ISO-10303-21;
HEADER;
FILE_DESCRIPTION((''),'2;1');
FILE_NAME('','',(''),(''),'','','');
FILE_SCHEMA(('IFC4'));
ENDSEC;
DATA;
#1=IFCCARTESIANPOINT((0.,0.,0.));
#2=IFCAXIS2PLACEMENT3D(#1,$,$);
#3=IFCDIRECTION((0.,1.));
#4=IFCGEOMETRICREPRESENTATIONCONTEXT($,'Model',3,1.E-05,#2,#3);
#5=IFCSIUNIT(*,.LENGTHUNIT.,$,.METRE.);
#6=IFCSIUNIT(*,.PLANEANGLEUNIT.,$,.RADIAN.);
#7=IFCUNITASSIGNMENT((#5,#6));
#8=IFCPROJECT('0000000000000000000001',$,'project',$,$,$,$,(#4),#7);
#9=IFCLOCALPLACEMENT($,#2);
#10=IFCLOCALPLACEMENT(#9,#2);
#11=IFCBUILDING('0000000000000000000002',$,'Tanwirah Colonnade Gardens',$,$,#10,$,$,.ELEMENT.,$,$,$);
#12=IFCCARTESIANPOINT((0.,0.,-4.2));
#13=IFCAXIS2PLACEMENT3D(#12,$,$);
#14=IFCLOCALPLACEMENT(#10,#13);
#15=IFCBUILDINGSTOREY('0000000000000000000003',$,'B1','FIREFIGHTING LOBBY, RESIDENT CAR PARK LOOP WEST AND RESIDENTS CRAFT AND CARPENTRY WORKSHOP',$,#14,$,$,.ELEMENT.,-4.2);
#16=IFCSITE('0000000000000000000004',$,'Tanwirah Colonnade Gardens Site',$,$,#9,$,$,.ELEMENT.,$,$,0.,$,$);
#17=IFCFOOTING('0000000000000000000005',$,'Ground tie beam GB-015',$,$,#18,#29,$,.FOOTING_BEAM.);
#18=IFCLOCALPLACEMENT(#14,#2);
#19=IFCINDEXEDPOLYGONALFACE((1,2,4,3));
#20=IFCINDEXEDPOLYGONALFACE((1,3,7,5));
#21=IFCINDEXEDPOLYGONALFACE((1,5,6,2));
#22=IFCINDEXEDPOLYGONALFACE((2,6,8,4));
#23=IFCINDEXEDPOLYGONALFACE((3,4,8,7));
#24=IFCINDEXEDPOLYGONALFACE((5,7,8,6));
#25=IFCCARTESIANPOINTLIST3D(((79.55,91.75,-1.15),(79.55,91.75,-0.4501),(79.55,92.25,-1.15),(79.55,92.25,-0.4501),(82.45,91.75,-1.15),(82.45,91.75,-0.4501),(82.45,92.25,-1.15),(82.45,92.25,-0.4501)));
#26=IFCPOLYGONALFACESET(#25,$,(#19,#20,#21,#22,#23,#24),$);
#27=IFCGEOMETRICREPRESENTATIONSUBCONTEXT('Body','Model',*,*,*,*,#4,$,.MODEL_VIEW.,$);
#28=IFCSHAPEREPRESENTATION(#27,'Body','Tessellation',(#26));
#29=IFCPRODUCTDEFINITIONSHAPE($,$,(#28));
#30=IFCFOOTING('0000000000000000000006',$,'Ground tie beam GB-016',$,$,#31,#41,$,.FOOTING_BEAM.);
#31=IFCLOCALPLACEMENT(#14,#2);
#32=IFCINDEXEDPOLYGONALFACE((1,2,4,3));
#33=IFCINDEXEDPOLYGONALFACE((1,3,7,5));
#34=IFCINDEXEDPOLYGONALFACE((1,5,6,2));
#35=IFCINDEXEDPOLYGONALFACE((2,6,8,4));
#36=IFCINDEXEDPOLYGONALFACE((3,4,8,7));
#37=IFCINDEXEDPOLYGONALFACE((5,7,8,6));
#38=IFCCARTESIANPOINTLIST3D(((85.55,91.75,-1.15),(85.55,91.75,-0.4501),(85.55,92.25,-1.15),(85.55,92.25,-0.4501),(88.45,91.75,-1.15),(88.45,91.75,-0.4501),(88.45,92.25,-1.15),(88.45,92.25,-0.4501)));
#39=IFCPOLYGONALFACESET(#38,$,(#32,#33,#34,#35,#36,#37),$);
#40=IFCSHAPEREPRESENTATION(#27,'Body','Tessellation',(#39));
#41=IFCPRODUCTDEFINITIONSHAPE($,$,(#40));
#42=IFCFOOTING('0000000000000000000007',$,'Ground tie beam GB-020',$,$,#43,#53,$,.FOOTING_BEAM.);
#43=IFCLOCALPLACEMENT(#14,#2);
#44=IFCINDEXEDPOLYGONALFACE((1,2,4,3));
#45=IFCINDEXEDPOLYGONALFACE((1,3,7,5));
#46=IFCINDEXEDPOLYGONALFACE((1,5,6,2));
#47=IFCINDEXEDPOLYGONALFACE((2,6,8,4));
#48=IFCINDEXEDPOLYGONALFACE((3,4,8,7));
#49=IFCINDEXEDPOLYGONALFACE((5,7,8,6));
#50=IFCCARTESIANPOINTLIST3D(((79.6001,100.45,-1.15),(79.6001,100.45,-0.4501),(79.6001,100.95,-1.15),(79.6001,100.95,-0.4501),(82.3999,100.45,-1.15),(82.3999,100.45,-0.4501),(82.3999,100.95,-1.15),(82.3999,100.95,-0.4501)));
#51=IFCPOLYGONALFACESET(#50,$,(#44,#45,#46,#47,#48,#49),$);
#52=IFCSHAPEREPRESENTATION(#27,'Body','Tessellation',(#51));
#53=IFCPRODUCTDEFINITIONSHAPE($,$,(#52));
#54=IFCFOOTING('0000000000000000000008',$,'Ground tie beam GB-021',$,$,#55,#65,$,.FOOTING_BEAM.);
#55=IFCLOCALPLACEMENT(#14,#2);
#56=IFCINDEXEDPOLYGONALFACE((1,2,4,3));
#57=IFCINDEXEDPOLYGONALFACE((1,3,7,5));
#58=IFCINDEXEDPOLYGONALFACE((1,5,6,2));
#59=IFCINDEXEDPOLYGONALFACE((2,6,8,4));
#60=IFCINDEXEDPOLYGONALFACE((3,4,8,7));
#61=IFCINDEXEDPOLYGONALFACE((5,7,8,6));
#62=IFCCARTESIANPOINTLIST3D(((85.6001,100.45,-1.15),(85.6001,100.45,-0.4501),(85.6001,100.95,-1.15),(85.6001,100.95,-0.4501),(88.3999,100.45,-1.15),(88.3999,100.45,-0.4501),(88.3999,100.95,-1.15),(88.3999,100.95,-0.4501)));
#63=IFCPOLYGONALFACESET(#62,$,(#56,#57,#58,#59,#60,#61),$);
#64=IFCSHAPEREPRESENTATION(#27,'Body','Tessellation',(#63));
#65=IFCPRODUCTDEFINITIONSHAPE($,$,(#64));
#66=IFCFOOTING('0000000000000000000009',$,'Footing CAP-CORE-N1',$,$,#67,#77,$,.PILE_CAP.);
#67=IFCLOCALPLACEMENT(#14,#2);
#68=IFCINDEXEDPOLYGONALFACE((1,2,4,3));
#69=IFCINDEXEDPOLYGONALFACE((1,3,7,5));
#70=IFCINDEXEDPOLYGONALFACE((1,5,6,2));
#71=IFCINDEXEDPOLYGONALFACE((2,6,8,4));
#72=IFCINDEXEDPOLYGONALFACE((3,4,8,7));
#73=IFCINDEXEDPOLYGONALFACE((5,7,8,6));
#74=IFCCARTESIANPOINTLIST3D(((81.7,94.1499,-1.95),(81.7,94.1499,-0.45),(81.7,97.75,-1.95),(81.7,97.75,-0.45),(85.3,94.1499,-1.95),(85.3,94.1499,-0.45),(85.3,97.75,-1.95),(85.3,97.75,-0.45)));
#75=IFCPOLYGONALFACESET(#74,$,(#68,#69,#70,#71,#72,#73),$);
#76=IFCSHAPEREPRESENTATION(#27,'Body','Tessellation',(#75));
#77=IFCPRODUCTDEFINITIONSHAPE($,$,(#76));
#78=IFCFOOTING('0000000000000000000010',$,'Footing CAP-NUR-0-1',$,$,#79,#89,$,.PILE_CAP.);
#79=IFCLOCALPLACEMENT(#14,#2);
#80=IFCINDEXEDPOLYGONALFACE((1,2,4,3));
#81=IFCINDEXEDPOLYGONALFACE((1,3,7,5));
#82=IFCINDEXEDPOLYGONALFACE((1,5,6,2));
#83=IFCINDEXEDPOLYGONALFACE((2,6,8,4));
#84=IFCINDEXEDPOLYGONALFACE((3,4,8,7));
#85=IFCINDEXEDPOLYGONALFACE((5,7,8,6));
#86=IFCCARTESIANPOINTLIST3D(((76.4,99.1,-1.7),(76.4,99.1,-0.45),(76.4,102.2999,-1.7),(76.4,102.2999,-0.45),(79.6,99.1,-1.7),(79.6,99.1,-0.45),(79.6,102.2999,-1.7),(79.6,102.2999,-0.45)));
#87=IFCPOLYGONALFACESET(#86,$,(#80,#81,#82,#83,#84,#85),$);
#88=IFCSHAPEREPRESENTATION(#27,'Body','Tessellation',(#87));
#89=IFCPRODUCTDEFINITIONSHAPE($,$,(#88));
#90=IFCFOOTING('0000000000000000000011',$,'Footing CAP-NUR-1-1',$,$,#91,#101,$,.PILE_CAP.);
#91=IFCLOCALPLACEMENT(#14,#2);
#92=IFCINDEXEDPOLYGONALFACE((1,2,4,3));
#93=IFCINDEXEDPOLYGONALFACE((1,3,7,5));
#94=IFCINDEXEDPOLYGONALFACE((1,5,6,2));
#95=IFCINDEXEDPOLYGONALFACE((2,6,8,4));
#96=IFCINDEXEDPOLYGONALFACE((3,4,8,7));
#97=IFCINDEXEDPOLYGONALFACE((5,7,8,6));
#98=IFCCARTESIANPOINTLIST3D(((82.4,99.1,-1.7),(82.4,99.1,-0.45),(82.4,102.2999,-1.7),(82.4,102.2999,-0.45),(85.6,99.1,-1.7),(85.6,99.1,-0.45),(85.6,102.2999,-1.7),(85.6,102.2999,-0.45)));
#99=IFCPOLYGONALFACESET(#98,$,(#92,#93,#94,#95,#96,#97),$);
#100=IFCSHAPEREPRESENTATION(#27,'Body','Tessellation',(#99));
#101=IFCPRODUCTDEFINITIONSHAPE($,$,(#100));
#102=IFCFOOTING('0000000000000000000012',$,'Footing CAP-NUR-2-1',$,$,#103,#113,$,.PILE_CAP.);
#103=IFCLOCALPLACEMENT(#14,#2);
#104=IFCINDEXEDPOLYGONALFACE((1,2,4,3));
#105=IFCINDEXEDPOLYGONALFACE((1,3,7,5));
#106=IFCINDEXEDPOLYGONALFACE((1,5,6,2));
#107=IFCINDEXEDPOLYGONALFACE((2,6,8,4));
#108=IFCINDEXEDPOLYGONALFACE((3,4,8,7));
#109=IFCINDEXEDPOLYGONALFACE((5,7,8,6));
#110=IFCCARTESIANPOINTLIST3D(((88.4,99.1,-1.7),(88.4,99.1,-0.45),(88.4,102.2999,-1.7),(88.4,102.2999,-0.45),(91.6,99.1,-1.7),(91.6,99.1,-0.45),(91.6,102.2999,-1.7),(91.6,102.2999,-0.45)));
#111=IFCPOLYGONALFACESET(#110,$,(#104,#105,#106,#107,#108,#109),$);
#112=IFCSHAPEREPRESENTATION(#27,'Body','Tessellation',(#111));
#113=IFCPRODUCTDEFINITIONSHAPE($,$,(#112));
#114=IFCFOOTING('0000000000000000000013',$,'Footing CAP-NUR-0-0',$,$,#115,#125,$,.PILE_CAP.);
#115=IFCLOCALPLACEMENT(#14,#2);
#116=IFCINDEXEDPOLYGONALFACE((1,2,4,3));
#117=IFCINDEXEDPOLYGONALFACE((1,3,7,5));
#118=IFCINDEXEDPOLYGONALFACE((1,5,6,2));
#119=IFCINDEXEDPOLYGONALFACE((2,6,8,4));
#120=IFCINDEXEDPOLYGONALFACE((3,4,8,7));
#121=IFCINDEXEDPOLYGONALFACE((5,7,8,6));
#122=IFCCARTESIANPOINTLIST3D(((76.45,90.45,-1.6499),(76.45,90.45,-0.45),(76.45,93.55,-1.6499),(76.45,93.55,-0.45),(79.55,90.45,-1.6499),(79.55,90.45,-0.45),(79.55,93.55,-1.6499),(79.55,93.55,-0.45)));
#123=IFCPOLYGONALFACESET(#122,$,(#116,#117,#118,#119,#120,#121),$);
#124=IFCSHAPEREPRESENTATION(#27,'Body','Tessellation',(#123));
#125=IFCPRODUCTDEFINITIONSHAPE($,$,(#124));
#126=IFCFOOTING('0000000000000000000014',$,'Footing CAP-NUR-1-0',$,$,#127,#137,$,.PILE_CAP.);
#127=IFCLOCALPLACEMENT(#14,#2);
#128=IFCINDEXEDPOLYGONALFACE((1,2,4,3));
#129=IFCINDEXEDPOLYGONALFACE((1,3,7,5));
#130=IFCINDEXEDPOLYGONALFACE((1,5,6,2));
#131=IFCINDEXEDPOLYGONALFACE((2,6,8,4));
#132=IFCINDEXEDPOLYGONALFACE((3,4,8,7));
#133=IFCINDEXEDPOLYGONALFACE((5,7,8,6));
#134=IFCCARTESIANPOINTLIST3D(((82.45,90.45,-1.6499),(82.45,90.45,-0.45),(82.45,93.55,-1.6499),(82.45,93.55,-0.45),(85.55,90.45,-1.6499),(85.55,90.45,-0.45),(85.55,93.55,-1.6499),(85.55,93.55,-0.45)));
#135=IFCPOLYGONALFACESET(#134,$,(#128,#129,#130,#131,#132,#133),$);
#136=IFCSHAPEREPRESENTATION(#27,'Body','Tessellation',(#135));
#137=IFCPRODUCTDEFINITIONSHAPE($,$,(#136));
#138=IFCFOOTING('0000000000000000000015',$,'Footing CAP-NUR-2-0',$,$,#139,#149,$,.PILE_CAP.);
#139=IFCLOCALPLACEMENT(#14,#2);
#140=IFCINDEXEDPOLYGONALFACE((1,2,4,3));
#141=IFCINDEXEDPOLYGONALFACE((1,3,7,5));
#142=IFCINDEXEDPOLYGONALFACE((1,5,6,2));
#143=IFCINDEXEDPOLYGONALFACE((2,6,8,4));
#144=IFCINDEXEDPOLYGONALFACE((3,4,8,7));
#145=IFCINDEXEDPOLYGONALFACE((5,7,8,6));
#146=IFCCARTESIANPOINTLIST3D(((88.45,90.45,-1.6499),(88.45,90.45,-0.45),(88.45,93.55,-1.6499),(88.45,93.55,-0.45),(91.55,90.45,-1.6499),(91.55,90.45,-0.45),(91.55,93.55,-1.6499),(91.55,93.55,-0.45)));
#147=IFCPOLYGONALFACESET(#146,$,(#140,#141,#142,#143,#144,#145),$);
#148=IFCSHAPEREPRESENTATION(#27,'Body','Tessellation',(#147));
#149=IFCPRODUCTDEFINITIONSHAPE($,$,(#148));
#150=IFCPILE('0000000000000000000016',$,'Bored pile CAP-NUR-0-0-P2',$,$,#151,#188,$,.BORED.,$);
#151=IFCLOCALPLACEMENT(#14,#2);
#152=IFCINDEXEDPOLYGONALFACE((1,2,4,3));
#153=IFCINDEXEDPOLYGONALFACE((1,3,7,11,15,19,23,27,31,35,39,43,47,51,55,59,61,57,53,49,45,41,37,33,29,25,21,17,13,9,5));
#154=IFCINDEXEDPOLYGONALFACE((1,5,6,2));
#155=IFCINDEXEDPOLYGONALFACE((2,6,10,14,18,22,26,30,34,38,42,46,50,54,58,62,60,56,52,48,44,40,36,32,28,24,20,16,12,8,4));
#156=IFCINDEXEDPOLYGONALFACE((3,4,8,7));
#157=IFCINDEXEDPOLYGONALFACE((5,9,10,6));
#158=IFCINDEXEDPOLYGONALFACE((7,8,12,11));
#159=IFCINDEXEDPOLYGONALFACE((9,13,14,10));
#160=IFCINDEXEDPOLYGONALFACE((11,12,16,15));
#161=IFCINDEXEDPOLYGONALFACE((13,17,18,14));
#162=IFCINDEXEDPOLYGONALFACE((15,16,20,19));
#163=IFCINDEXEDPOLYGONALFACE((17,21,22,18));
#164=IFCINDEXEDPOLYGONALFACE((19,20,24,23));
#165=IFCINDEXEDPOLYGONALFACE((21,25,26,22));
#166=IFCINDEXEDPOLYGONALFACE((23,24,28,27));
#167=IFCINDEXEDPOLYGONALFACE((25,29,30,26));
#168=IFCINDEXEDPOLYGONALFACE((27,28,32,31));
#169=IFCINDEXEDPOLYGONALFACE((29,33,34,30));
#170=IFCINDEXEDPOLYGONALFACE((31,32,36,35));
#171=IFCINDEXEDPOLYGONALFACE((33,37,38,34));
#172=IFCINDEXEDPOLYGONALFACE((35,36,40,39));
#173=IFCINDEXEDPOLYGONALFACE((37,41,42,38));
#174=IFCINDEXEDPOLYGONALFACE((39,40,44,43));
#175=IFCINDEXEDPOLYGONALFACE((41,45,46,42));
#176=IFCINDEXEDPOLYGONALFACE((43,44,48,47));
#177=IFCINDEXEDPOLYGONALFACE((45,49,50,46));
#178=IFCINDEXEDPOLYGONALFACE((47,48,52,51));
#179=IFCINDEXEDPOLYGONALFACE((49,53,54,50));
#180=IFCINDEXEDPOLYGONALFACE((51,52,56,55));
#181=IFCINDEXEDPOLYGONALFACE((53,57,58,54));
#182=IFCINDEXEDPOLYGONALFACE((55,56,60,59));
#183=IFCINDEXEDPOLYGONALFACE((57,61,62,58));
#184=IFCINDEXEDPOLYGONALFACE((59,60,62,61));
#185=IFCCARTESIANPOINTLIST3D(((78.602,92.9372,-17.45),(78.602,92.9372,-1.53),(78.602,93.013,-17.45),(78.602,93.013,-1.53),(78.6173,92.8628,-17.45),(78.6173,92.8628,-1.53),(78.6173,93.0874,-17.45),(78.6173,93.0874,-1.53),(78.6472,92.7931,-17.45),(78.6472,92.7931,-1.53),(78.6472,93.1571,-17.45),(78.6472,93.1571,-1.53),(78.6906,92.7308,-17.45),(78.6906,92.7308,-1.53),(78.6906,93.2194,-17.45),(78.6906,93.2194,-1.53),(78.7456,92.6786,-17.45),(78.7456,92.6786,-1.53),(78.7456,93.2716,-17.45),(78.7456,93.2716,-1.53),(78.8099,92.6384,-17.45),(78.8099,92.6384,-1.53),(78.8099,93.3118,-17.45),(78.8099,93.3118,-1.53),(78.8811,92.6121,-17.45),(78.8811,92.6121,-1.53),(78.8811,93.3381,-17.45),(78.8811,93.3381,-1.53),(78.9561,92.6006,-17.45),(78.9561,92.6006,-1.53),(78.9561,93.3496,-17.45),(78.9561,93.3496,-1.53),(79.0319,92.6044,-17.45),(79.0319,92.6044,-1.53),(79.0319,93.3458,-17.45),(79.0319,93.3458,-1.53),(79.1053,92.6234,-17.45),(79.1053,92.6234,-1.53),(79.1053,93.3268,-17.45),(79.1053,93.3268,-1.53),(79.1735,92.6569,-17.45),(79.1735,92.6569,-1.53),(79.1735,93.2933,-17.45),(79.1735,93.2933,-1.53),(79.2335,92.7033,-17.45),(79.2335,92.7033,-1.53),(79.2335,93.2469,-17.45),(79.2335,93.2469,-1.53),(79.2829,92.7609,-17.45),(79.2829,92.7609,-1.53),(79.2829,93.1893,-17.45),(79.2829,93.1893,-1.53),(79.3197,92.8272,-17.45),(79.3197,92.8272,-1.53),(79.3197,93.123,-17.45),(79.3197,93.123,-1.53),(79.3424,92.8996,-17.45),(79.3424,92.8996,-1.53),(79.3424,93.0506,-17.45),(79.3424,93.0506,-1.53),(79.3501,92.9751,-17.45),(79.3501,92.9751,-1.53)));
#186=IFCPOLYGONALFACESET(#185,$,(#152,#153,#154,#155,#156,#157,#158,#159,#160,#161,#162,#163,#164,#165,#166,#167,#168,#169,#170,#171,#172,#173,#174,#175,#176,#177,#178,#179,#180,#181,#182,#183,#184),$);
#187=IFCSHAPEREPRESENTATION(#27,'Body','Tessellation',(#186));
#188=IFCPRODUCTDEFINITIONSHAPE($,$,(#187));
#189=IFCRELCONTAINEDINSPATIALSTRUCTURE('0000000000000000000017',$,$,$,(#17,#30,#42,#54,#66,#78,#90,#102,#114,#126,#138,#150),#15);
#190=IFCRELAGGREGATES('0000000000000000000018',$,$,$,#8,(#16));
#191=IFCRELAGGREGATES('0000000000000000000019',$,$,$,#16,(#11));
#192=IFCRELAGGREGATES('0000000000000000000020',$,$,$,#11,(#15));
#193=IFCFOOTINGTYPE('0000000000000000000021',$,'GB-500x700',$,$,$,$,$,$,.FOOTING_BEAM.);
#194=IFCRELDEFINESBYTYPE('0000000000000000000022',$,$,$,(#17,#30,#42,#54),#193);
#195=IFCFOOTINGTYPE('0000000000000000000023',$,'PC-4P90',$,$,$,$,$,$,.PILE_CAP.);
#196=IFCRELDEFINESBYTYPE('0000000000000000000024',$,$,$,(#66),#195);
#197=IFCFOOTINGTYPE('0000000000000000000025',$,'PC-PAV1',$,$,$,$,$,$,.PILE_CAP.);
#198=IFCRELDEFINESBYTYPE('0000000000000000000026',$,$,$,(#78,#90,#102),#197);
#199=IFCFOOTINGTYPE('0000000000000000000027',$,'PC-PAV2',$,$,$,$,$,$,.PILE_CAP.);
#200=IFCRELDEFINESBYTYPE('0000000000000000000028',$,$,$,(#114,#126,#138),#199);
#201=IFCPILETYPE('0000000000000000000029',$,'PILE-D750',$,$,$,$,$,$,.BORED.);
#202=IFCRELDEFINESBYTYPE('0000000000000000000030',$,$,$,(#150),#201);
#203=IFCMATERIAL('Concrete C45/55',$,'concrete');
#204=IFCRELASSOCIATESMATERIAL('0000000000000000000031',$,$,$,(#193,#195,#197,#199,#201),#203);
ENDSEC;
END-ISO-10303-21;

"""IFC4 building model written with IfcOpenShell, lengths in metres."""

from ifc_helpers import new_model, si_unit, direction, frame, origin, origin_2d, place, context, subcontext, project, spatial, rectangle, circle, extrude, material, material_profile, profile_set, type_object, element, save


model = new_model("IFC4")

# Units and contexts
model_context = context("Model", 3, precision=1e-05, world=origin(), true_north=direction((0.0, 1.0)))
body_context = subcontext(model_context, "Body", "Model", "MODEL_VIEW")
ifc_project = project(units=[si_unit("LENGTHUNIT", "METRE"), si_unit("PLANEANGLEUNIT", "RADIAN")], contexts=[model_context])

# Site, building, storey
site_placement = place(None, origin())
site = spatial("IfcSite", under=ifc_project, at=site_placement, Name="Tanwirah Colonnade Gardens Site", CompositionType="ELEMENT", RefElevation=0.0)
building_placement = place(site_placement, origin())
building = spatial("IfcBuilding", under=site, at=building_placement, Name="Tanwirah Colonnade Gardens", CompositionType="ELEMENT")
storey_placement = place(building_placement, frame((0.0, 0.0, -4.2)))
storey = spatial("IfcBuildingStorey", under=building, at=storey_placement, Name="B1", Description="FIREFIGHTING LOBBY, RESIDENT CAR PARK LOOP WEST AND RESIDENTS CRAFT AND CARPENTRY WORKSHOP", CompositionType="ELEMENT", Elevation=-4.2)

# Footings
ifc_material = material(Name="Concrete C45/55", Category="concrete")
ifc_material_profile_1 = material_profile(ifc_material, rectangle(XDim=0.5, YDim=0.7, at=origin_2d()), Name="GB-500x700")
ifc_profile_set_1 = profile_set([ifc_material_profile_1], Name="Concrete C45/55")
footing_type_1 = type_object("IfcFootingType", Name="GB-500x700", PredefinedType="FOOTING_BEAM", material=ifc_profile_set_1)
for number, where, z_axis, x_axis, name in (
    (1, (79.55, 92.0, -0.8), (1.0, 0.0, 0.0), (0.0, 1.0, 0.0), "Ground tie beam GB-015"),
    (2, (85.55, 92.0, -0.8), (1.0, 0.0, 0.0), (0.0, 1.0, 0.0), "Ground tie beam GB-016"),
):
    element("IfcFooting", number, at=place(storey_placement, frame(where, z_axis=z_axis, x_axis=x_axis)), inside=storey, type_object=footing_type_1, Name=name, PredefinedType="FOOTING_BEAM", context=body_context, shape_type="SweptSolid", body=[
        extrude(rectangle(XDim=0.5, YDim=0.7, at=origin_2d()), origin(), (0.0, 0.0, 1.0), 2.8999),
    ])
for number, where, z_axis, x_axis, name in (
    (3, (79.6001, 100.7, -0.8), (1.0, 0.0, 0.0), (0.0, 1.0, 0.0), "Ground tie beam GB-020"),
    (4, (85.6001, 100.7, -0.8), (1.0, 0.0, 0.0), (0.0, 1.0, 0.0), "Ground tie beam GB-021"),
):
    element("IfcFooting", number, at=place(storey_placement, frame(where, z_axis=z_axis, x_axis=x_axis)), inside=storey, type_object=footing_type_1, Name=name, PredefinedType="FOOTING_BEAM", context=body_context, shape_type="SweptSolid", body=[
        extrude(rectangle(XDim=0.5, YDim=0.7, at=origin_2d()), origin(), (0.0, 0.0, 1.0), 2.7998),
    ])
footing_type_2 = type_object("IfcFootingType", Name="PC-4P90", PredefinedType="PILE_CAP", material=ifc_material)
footing_placement = place(storey_placement, frame((83.5, 95.95, -1.95), z_axis=(0.0, 0.0, 1.0), x_axis=(1.0, 0.0, 0.0)))
element("IfcFooting", 5, at=footing_placement, inside=storey, type_object=footing_type_2, Name="Footing CAP-CORE-N1", PredefinedType="PILE_CAP", context=body_context, shape_type="SweptSolid", body=[
    extrude(rectangle(XDim=3.6001, YDim=3.6001, at=origin_2d()), origin(), (0.0, 0.0, 1.0), 1.5),
])
footing_type_3 = type_object("IfcFootingType", Name="PC-PAV1", PredefinedType="PILE_CAP", material=ifc_material)
for number, where, z_axis, x_axis, name in (
    (6, (78.0, 100.7, -1.7), (0.0, 0.0, 1.0), (1.0, 0.0, 0.0), "Footing CAP-NUR-0-1"),
    (7, (84.0, 100.7, -1.7), (0.0, 0.0, 1.0), (1.0, 0.0, 0.0), "Footing CAP-NUR-1-1"),
    (8, (90.0, 100.7, -1.7), (0.0, 0.0, 1.0), (1.0, 0.0, 0.0), "Footing CAP-NUR-2-1"),
):
    element("IfcFooting", number, at=place(storey_placement, frame(where, z_axis=z_axis, x_axis=x_axis)), inside=storey, type_object=footing_type_3, Name=name, PredefinedType="PILE_CAP", context=body_context, shape_type="SweptSolid", body=[
        extrude(rectangle(XDim=3.2, YDim=3.2, at=origin_2d()), origin(), (0.0, 0.0, 1.0), 1.25),
    ])
footing_type_4 = type_object("IfcFootingType", Name="PC-PAV2", PredefinedType="PILE_CAP", material=ifc_material)
for number, where, z_axis, x_axis, name in (
    (9, (78.0, 92.0, -1.6499), (0.0, 0.0, 1.0), (1.0, 0.0, 0.0), "Footing CAP-NUR-0-0"),
    (10, (84.0, 92.0, -1.6499), (0.0, 0.0, 1.0), (1.0, 0.0, 0.0), "Footing CAP-NUR-1-0"),
    (11, (90.0, 92.0, -1.6499), (0.0, 0.0, 1.0), (1.0, 0.0, 0.0), "Footing CAP-NUR-2-0"),
):
    element("IfcFooting", number, at=place(storey_placement, frame(where, z_axis=z_axis, x_axis=x_axis)), inside=storey, type_object=footing_type_4, Name=name, PredefinedType="PILE_CAP", context=body_context, shape_type="SweptSolid", body=[
        extrude(rectangle(XDim=3.1001, YDim=3.1001, at=origin_2d()), origin(), (0.0, 0.0, 1.0), 1.2),
    ])

# Pile
ifc_material_profile_2 = material_profile(ifc_material, circle(Radius=0.375, at=origin_2d()), Name="PILE D750")
ifc_profile_set_2 = profile_set([ifc_material_profile_2], Name="Concrete C45/55")
pile_type_1 = type_object("IfcPileType", Name="PILE-D750", PredefinedType="BORED", material=ifc_profile_set_2)
pile_1_placement = place(storey_placement, frame((78.9751, 92.9751, -1.53), z_axis=(0.0, 0.0, -1.0), x_axis=(1.0, 0.0, 0.0)))
element("IfcPile", 12, at=pile_1_placement, inside=storey, type_object=pile_type_1, Name="Bored pile CAP-NUR-0-0-P2", PredefinedType="BORED", context=body_context, shape_type="SweptSolid", body=[
    extrude(circle(Radius=0.375, at=origin_2d()), origin(), (0.0, 0.0, 1.0), 15.9199),
])

save(model, "model.ifc")
